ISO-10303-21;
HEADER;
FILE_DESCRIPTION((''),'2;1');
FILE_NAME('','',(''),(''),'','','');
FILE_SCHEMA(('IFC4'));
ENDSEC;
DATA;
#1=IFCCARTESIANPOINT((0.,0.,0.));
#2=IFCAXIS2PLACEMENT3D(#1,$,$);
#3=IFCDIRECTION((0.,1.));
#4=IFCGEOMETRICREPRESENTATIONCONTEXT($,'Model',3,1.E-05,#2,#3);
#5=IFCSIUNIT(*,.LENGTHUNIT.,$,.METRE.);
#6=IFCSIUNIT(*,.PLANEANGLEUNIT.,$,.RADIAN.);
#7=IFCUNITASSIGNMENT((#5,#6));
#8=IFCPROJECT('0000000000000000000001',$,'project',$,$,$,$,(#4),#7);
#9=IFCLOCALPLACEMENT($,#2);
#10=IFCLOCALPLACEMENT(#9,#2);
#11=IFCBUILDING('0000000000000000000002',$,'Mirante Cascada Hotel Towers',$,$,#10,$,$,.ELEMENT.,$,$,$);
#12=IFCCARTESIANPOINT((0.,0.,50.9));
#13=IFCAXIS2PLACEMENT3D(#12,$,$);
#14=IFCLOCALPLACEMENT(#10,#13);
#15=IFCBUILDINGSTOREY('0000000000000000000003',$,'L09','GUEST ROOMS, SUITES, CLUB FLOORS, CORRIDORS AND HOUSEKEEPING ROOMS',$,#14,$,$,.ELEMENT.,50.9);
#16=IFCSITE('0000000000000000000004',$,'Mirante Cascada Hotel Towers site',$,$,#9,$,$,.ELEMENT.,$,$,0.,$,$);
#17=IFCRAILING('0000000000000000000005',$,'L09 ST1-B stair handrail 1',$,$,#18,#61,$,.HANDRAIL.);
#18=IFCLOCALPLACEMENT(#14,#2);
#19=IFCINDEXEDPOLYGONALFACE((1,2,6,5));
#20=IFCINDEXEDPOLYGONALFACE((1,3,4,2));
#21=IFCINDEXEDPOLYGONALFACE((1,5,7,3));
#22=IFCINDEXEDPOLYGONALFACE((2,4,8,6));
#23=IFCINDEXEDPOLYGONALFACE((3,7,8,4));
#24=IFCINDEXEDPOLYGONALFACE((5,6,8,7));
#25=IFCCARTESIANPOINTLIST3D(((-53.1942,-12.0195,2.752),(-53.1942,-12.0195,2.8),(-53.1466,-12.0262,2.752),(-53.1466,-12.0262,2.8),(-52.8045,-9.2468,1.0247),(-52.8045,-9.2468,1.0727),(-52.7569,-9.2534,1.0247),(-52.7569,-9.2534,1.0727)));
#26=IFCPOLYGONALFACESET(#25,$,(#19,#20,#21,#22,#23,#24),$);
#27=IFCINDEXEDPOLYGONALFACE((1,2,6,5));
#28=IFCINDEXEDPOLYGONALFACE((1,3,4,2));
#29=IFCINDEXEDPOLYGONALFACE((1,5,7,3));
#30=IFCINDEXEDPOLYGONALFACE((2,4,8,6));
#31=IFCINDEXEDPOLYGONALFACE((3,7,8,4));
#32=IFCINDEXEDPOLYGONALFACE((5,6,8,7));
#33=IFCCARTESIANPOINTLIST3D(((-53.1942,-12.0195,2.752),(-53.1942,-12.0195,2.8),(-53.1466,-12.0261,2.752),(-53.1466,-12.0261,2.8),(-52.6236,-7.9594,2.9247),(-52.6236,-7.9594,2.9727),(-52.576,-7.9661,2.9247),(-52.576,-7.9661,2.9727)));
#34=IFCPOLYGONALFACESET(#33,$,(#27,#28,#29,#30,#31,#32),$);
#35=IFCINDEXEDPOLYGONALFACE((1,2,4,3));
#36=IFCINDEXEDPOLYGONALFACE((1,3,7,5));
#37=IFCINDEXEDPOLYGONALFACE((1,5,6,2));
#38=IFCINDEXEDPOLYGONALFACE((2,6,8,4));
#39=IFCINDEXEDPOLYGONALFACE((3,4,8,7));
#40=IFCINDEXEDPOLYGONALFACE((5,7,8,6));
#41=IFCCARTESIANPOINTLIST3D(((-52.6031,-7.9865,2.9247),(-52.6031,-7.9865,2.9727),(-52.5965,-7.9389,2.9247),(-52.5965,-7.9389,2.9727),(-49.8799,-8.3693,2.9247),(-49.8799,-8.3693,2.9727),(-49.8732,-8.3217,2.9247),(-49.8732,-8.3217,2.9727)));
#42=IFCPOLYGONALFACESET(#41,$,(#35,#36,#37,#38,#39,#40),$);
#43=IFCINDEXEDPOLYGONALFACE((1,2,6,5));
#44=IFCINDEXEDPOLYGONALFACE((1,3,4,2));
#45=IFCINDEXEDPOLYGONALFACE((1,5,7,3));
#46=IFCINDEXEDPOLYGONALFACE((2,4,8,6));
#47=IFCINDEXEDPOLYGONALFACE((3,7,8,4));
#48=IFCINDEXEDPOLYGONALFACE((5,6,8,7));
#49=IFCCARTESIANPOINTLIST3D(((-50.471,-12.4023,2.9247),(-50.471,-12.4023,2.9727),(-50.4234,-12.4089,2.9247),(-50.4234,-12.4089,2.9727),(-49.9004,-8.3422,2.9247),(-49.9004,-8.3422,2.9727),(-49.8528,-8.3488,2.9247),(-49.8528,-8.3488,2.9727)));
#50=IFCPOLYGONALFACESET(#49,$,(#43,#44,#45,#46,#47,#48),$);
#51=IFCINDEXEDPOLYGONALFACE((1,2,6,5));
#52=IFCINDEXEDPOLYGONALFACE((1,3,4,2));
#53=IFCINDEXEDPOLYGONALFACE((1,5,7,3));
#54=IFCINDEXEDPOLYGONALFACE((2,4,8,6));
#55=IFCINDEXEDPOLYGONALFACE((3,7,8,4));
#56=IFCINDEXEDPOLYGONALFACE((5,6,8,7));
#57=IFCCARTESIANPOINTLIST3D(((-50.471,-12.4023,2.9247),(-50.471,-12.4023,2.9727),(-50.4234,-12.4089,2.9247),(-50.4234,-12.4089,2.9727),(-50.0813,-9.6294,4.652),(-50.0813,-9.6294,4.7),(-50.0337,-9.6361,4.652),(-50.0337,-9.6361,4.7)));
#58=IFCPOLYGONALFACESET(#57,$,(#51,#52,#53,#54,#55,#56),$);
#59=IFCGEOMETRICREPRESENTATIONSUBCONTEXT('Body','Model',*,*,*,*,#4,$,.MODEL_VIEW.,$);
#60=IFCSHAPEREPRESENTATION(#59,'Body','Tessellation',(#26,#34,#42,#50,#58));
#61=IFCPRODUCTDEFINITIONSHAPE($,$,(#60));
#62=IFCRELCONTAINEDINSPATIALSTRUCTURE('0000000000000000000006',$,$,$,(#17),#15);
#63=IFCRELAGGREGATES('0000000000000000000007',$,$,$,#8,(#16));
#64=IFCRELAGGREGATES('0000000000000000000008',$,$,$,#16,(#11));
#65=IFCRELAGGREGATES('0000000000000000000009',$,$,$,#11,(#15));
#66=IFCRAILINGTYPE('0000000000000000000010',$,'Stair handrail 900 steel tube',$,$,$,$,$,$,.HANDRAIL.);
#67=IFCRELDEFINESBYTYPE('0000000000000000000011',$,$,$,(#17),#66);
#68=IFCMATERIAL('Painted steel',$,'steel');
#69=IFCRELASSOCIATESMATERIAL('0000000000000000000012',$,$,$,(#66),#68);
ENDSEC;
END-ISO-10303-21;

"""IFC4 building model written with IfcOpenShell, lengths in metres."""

from ifc_helpers import new_model, si_unit, direction, frame, origin, origin_2d, place, context, subcontext, project, spatial, rectangle, extrude, material, type_object, element, save


model = new_model("IFC4")

# Units and contexts
model_context = context("Model", 3, precision=1e-05, world=origin(), true_north=direction((0.0, 1.0)))
body_context = subcontext(model_context, "Body", "Model", "MODEL_VIEW")
ifc_project = project(units=[si_unit("LENGTHUNIT", "METRE"), si_unit("PLANEANGLEUNIT", "RADIAN")], contexts=[model_context])

# Site, building, storey
site_placement = place(None, origin())
site = spatial("IfcSite", under=ifc_project, at=site_placement, Name="Mirante Cascada Hotel Towers site", CompositionType="ELEMENT", RefElevation=0.0)
building_placement = place(site_placement, origin())
building = spatial("IfcBuilding", under=site, at=building_placement, Name="Mirante Cascada Hotel Towers", CompositionType="ELEMENT")
storey_placement = place(building_placement, frame((0.0, 0.0, 50.9)))
storey = spatial("IfcBuildingStorey", under=building, at=storey_placement, Name="L09", Description="GUEST ROOMS, SUITES, CLUB FLOORS, CORRIDORS AND HOUSEKEEPING ROOMS", CompositionType="ELEMENT", Elevation=50.9)

# Railing
ifc_material_1 = material(Name="Painted steel", Category="steel")
railing_type_1 = type_object("IfcRailingType", Name="Stair handrail 900 steel tube", PredefinedType="HANDRAIL", material=ifc_material_1)
railing_1_placement = place(storey_placement, frame((-52.7807, -9.2501, 0.1727)))
element("IfcRailing", 1, at=railing_1_placement, inside=storey, type_object=railing_type_1, Name="L09 ST1-B stair handrail 1", PredefinedType="HANDRAIL", context=body_context, shape_type="SweptSolid", body=[
    extrude(rectangle(XDim=0.048, YDim=0.048, at=origin_2d()), frame((0.0, 0.0, 0.876), z_axis=(-0.139181, -0.990267, 0.0), x_axis=(0.990267, -0.139181, 0.0)), (0.0, 0.525035, 0.851081), 3.2899),
    extrude(rectangle(XDim=0.048, YDim=0.048, at=origin_2d()), frame((-0.3897, -2.7727, 2.6033), z_axis=(0.139171, 0.990268, 0.0), x_axis=(-0.990268, 0.139171, 0.0)), (0.0, 0.042085, 0.999114), 4.1036),
    extrude(rectangle(XDim=0.048, YDim=0.048, at=origin_2d()), frame((0.1809, 1.2874, 2.776), z_axis=(0.990264, -0.139201, 0.0), x_axis=(0.139201, 0.990264, 0.0)), (0.0, 0.0, 1.0), 2.75),
    extrude(rectangle(XDim=0.048, YDim=0.048, at=origin_2d()), frame((2.9041, 0.9046, 2.776), z_axis=(-0.139171, -0.990268, 0.0), x_axis=(0.990268, -0.139171, 0.0)), (0.0, 0.0, 1.0), 4.1),
    extrude(rectangle(XDim=0.048, YDim=0.048, at=origin_2d()), frame((2.3335, -3.1555, 2.776), z_axis=(0.139176, 0.990268, 0.0), x_axis=(-0.990268, 0.139176, 0.0)), (0.0, 0.525021, 0.851089), 3.29),
])

save(model, "model.ifc")
